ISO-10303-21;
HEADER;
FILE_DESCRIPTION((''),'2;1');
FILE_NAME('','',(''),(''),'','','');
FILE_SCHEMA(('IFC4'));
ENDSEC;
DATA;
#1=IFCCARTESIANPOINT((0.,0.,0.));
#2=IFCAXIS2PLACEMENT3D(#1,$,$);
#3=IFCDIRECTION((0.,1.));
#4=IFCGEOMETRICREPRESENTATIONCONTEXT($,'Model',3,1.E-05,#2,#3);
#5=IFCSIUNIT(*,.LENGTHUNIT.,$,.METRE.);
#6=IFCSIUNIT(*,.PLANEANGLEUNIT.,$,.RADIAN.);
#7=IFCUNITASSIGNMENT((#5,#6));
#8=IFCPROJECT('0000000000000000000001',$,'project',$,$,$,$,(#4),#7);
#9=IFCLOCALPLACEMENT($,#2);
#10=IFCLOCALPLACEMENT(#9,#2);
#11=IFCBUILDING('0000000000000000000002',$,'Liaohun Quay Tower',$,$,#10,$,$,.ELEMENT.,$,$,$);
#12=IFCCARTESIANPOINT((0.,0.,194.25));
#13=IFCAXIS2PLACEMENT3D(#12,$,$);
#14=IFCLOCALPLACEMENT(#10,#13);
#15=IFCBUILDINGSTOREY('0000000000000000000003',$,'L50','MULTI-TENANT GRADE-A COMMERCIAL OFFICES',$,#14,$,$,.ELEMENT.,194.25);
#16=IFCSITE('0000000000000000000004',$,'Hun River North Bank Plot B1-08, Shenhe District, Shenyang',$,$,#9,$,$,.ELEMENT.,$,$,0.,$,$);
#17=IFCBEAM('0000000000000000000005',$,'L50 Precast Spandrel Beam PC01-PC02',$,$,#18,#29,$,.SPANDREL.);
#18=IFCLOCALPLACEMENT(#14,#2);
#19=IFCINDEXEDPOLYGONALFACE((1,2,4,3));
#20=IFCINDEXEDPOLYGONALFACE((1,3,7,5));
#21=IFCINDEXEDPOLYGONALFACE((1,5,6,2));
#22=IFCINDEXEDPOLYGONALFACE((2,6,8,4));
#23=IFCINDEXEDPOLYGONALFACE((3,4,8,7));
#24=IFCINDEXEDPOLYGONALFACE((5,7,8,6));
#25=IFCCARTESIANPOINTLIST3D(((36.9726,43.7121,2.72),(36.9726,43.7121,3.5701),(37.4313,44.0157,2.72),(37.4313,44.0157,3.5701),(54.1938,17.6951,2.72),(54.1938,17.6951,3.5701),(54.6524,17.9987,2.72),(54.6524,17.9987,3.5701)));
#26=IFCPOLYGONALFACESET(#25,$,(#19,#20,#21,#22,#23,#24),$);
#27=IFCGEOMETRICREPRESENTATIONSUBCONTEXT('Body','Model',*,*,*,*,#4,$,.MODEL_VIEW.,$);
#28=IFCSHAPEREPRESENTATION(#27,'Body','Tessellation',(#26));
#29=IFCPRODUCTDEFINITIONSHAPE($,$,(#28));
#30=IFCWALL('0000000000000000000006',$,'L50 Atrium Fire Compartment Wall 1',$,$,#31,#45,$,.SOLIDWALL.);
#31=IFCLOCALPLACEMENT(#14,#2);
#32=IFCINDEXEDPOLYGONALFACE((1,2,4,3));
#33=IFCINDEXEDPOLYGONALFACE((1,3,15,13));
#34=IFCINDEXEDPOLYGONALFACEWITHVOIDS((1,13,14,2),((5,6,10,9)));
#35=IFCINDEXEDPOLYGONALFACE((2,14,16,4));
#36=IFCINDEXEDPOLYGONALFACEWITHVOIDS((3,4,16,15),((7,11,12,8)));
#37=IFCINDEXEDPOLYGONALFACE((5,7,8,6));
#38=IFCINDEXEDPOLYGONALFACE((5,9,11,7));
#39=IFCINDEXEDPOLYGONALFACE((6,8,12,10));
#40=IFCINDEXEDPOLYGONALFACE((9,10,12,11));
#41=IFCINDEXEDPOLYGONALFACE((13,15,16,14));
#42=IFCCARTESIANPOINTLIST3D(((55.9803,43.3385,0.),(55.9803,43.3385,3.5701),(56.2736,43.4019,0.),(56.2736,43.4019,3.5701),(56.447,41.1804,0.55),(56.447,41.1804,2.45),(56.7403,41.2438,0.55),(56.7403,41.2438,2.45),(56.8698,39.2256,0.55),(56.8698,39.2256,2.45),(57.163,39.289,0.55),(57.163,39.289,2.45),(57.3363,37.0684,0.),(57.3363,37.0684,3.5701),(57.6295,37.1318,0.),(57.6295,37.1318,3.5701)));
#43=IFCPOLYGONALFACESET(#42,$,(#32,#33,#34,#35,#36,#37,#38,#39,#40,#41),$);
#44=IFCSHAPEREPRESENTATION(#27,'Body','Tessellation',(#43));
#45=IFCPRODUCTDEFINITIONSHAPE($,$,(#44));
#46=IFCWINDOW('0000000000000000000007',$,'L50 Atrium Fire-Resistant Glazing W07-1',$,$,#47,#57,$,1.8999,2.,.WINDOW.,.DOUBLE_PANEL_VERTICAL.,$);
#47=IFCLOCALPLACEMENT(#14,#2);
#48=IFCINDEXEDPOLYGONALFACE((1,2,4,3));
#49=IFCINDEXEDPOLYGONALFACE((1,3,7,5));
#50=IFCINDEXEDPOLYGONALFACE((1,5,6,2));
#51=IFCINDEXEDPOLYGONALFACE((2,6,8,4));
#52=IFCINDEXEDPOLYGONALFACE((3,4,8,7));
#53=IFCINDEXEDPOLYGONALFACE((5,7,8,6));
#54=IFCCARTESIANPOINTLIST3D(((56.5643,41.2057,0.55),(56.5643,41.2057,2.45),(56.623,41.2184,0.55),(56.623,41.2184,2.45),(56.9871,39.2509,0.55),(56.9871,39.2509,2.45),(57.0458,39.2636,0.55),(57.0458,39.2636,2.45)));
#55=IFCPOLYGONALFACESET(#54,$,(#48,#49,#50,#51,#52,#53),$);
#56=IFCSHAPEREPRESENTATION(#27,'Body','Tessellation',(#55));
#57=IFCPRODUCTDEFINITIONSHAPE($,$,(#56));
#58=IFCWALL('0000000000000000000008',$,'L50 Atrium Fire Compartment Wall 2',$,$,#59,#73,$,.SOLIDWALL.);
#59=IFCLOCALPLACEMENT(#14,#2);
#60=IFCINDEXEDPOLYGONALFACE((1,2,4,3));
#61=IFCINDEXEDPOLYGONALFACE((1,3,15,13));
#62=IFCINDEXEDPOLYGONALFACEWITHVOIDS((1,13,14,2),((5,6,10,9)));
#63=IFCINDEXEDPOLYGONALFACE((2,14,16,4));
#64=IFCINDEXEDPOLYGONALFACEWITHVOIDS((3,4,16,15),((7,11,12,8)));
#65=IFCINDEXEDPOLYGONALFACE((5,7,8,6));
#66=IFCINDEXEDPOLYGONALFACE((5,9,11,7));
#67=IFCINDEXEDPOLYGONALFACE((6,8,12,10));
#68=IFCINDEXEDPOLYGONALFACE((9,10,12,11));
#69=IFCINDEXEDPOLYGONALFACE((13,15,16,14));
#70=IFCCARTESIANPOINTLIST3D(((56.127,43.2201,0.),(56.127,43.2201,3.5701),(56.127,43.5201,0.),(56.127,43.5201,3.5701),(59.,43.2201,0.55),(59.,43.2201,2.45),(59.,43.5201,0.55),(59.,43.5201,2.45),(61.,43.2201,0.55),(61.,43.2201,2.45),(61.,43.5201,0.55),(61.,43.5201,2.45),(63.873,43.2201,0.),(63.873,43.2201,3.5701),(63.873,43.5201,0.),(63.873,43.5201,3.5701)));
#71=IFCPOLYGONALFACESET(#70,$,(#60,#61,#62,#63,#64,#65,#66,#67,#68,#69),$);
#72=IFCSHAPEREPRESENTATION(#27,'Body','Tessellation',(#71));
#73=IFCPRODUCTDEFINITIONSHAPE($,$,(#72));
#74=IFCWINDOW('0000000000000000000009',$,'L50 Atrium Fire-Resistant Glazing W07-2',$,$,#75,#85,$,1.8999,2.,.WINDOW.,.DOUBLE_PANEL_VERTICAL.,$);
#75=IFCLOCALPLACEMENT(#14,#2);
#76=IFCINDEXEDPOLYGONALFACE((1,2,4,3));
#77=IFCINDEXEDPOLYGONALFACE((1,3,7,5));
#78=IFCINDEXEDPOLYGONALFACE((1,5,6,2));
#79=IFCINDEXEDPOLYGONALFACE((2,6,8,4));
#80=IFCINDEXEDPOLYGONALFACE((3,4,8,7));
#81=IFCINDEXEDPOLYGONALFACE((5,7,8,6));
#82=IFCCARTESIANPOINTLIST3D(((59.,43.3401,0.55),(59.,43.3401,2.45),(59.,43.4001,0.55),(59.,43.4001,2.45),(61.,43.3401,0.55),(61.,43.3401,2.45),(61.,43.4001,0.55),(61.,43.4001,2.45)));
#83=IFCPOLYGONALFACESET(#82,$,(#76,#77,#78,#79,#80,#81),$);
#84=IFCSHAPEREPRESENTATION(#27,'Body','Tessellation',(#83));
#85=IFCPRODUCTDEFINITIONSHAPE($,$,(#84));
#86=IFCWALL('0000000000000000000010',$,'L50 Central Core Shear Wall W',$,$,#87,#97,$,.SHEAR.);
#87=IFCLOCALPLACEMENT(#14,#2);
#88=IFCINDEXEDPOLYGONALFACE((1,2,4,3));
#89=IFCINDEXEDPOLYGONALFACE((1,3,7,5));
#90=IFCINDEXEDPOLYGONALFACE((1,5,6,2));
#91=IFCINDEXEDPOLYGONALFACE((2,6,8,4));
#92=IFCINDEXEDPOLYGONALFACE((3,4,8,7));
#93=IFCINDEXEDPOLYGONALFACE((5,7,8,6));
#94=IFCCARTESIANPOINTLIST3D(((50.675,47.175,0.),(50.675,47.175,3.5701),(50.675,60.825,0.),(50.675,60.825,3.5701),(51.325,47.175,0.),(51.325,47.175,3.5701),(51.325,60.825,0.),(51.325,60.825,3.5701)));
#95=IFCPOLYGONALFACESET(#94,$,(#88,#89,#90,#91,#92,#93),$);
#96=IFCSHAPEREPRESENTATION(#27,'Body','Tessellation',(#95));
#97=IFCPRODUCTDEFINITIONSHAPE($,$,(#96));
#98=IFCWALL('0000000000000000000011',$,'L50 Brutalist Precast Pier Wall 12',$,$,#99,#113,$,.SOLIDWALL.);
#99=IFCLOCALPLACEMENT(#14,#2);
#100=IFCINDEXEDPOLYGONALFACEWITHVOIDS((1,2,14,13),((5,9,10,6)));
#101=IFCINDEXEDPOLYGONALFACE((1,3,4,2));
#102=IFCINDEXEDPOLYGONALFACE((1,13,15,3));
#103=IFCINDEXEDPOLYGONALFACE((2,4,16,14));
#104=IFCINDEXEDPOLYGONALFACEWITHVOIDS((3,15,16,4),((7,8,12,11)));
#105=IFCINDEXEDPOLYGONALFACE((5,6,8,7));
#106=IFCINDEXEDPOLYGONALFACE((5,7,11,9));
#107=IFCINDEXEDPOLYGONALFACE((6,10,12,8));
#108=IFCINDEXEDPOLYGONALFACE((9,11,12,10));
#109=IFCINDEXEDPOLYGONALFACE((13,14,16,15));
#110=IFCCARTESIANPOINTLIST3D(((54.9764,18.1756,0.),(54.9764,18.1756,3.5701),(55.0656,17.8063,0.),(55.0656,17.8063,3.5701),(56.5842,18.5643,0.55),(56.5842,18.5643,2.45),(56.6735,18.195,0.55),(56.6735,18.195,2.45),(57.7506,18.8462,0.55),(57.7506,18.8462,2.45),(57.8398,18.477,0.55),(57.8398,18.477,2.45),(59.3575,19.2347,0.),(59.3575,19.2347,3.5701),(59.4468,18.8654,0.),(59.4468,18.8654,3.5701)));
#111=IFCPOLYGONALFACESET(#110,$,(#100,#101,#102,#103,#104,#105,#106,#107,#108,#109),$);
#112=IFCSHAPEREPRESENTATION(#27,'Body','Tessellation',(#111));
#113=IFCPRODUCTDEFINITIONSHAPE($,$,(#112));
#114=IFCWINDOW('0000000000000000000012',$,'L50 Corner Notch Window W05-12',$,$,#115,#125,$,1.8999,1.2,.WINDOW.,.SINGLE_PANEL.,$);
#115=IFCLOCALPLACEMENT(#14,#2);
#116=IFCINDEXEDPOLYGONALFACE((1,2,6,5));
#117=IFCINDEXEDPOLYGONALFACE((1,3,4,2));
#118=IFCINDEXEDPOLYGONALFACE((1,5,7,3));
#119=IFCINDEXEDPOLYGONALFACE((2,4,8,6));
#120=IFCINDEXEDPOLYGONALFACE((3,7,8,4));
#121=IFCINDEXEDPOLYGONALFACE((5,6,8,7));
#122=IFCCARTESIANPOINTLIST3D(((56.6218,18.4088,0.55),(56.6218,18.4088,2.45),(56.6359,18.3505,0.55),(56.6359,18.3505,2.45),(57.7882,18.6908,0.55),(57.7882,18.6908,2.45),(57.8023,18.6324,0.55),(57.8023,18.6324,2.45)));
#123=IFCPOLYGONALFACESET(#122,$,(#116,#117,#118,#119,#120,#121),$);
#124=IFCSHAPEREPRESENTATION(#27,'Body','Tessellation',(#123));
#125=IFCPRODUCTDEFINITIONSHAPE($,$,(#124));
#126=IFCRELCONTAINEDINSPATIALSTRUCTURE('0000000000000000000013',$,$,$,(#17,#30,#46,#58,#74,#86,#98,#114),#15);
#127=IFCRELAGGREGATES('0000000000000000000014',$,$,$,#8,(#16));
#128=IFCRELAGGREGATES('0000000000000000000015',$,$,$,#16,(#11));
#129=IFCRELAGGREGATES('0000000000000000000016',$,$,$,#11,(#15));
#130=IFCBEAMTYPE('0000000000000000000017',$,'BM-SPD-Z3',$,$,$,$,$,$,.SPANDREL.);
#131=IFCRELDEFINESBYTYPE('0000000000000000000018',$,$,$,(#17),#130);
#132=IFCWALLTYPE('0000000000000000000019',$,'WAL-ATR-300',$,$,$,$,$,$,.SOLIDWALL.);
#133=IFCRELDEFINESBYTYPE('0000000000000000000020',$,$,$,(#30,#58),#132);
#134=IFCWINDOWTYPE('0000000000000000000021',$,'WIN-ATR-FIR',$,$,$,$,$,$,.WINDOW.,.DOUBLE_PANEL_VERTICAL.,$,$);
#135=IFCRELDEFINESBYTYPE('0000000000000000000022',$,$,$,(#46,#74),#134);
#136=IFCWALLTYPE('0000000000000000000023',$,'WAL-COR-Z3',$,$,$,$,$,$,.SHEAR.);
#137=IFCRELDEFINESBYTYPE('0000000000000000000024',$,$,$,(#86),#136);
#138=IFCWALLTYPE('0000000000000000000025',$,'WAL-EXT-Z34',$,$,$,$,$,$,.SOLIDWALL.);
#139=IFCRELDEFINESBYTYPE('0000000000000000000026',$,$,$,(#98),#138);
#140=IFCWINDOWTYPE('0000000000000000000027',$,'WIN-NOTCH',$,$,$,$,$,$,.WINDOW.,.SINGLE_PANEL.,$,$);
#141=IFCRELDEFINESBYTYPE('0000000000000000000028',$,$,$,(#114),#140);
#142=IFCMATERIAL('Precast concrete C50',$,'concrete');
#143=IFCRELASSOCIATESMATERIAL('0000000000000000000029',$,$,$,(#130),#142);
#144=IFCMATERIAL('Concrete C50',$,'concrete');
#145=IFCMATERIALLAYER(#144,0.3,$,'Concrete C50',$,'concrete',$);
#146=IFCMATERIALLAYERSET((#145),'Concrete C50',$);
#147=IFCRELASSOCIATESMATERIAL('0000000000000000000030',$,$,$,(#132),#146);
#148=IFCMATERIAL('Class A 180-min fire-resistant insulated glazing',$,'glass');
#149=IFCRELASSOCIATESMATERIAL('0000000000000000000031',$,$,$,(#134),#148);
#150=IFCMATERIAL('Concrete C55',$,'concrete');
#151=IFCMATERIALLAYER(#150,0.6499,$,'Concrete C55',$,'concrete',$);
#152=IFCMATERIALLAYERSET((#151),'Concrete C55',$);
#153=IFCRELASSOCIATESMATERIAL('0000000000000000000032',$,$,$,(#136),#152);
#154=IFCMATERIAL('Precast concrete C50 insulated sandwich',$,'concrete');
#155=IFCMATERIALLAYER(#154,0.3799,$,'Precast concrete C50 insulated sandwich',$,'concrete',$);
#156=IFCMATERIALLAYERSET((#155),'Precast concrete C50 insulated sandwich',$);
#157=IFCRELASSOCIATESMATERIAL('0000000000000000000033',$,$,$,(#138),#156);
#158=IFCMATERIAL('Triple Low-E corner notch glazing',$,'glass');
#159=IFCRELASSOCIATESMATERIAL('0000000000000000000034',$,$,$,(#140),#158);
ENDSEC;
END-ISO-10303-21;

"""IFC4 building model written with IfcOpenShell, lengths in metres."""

from ifc_helpers import new_model, si_unit, direction, frame, frame_2d, origin, origin_2d, place, context, subcontext, project, spatial, rectangle, extrude, source, transform, mapped, material, layer, layer_set, material_profile, profile_set, type_object, element, fill, save


model = new_model("IFC4")

# Units and contexts
model_context = context("Model", 3, precision=1e-05, world=origin(), true_north=direction((0.0, 1.0)))
body_context = subcontext(model_context, "Body", "Model", "MODEL_VIEW")
ifc_project = project(units=[si_unit("LENGTHUNIT", "METRE"), si_unit("PLANEANGLEUNIT", "RADIAN")], contexts=[model_context])

# Site, building, storey
site_placement = place(None, origin())
site = spatial("IfcSite", under=ifc_project, at=site_placement, Name="Hun River North Bank Plot B1-08, Shenhe District, Shenyang", CompositionType="ELEMENT", RefElevation=0.0)
building_placement = place(site_placement, origin())
building = spatial("IfcBuilding", under=site, at=building_placement, Name="Liaohun Quay Tower", CompositionType="ELEMENT")
storey_placement = place(building_placement, frame((0.0, 0.0, 194.25)))
storey = spatial("IfcBuildingStorey", under=building, at=storey_placement, Name="L50", Description="MULTI-TENANT GRADE-A COMMERCIAL OFFICES", CompositionType="ELEMENT", Elevation=194.25)

# Shared definitions
ifc_material_1 = material(Name="Concrete C55", Category="concrete")

# Beam
ifc_material_2 = material(Name="Precast concrete C50", Category="concrete")
ifc_material_profile_1 = material_profile(ifc_material_2, rectangle(XDim=0.55, YDim=0.8501, at=origin_2d()), Name="RC550x850")
ifc_profile_set_1 = profile_set([ifc_material_profile_1], Name="Precast concrete C50")
beam_type_1 = type_object("IfcBeamType", Name="BM-SPD-Z3", PredefinedType="SPANDREL", material=ifc_profile_set_1)
shared_shape_1 = source(origin(), body_context, "Body", "SweptSolid", [
    extrude(rectangle(XDim=0.55, YDim=0.8501, at=origin_2d()), origin(), (0.0, 0.0, 1.0), 31.2002),
])
beam_1_placement = place(storey_placement, frame((54.4231, 17.8469, 3.145), z_axis=(-0.551956, 0.833873, 0.0), x_axis=(-0.833873, -0.551956, 0.0)))
element("IfcBeam", 1, at=beam_1_placement, inside=storey, type_object=beam_type_1, Name="L50 Precast Spandrel Beam PC01-PC02", PredefinedType="SPANDREL", context=body_context, shape_type="MappedRepresentation", body=[
    mapped(shared_shape_1, transform((0.0, 0.0, 0.0), x_axis=(1.0, 0.0, 0.0), y_axis=(0.0, 1.0, 0.0), z_axis=(0.0, 0.0, 1.0), scale=1.0)),
])

# Walls, openings, windows
ifc_material_3 = material(Name="Concrete C50", Category="concrete")
ifc_layer_1 = layer(ifc_material_3, 0.3, Name="Concrete C50", Category="concrete")
ifc_layer_set_1 = layer_set([ifc_layer_1], Name="Concrete C50")
wall_type_1 = type_object("IfcWallType", Name="WAL-ATR-300", PredefinedType="SOLIDWALL", material=ifc_layer_set_1)
wall_1_placement = place(storey_placement, frame((57.4829, 37.1001, 0.0), z_axis=(0.0, 0.0, 1.0), x_axis=(-0.211374, 0.977405, 0.0)))
wall_1 = element("IfcWall", 2, at=wall_1_placement, inside=storey, type_object=wall_type_1, Name="L50 Atrium Fire Compartment Wall 1", PredefinedType="SOLIDWALL", context=body_context, shape_type="SweptSolid", body=[
    extrude(rectangle(XDim=6.415, YDim=0.3, at=frame_2d((3.2075, 0.0))), origin(), (0.0, 0.0, 1.0), 3.5701),
])
shared_shape_2 = source(origin(), body_context, "Body", "SweptSolid", [
    extrude(rectangle(XDim=2.0, YDim=1.8999, at=frame_2d((1.0, 0.95))), frame((0.0, 0.1599, 0.0), z_axis=(0.0, -1.0, 0.0), x_axis=(1.0, 0.0, 0.0)), (0.0, 0.0, 1.0), 0.3201),
])
opening_1_placement = place(wall_1_placement, frame((2.207, 0.0, 0.55)))
opening_1 = element("IfcOpeningElement", 3, at=opening_1_placement, cuts=wall_1, PredefinedType="OPENING", context=body_context, shape_type="MappedRepresentation", body=[
    mapped(shared_shape_2, transform((0.0, 0.0, 0.0), x_axis=(1.0, 0.0, 0.0), y_axis=(0.0, 1.0, 0.0), z_axis=(0.0, 0.0, 1.0), scale=1.0)),
])
ifc_material_4 = material(Name="Class A 180-min fire-resistant insulated glazing", Category="glass")
window_type_1 = type_object("IfcWindowType", Name="WIN-ATR-FIR", PartitioningType="DOUBLE_PANEL_VERTICAL", PredefinedType="WINDOW", material=ifc_material_4)
shared_shape_3 = source(origin(), body_context, "Body", "SweptSolid", [
    extrude(rectangle(XDim=2.0, YDim=1.8999, at=frame_2d((1.0, 0.95))), frame((0.0, 0.03, 0.0), z_axis=(0.0, -1.0, 0.0), x_axis=(1.0, 0.0, 0.0)), (0.0, 0.0, 1.0), 0.0601),
])
window_1_placement = place(opening_1_placement, origin())
window_1 = element("IfcWindow", 4, at=window_1_placement, inside=storey, type_object=window_type_1, Name="L50 Atrium Fire-Resistant Glazing W07-1", OverallHeight=1.8999, OverallWidth=2.0, PartitioningType="DOUBLE_PANEL_VERTICAL", PredefinedType="WINDOW", context=body_context, shape_type="MappedRepresentation", body=[
    mapped(shared_shape_3, transform((0.0, 0.0, 0.0), x_axis=(1.0, 0.0, 0.0), y_axis=(0.0, 1.0, 0.0), z_axis=(0.0, 0.0, 1.0), scale=1.0)),
])
fill(opening_1, window_1)
wall_2_placement = place(storey_placement, frame((56.127, 43.3701, 0.0), z_axis=(0.0, 0.0, 1.0), x_axis=(1.0, 0.0, 0.0)))
wall_2 = element("IfcWall", 5, at=wall_2_placement, inside=storey, type_object=wall_type_1, Name="L50 Atrium Fire Compartment Wall 2", PredefinedType="SOLIDWALL", context=body_context, shape_type="SweptSolid", body=[
    extrude(rectangle(XDim=7.7461, YDim=0.3, at=frame_2d((3.873, 0.0))), origin(), (0.0, 0.0, 1.0), 3.5701),
])
opening_2_placement = place(wall_2_placement, frame((2.873, 0.0, 0.55)))
opening_2 = element("IfcOpeningElement", 6, at=opening_2_placement, cuts=wall_2, PredefinedType="OPENING", context=body_context, shape_type="MappedRepresentation", body=[
    mapped(shared_shape_2, transform((0.0, 0.0, 0.0), x_axis=(1.0, 0.0, 0.0), y_axis=(0.0, 1.0, 0.0), z_axis=(0.0, 0.0, 1.0), scale=1.0)),
])
window_2_placement = place(opening_2_placement, origin())
window_2 = element("IfcWindow", 7, at=window_2_placement, inside=storey, type_object=window_type_1, Name="L50 Atrium Fire-Resistant Glazing W07-2", OverallHeight=1.8999, OverallWidth=2.0, PartitioningType="DOUBLE_PANEL_VERTICAL", PredefinedType="WINDOW", context=body_context, shape_type="MappedRepresentation", body=[
    mapped(shared_shape_3, transform((0.0, 0.0, 0.0), x_axis=(1.0, 0.0, 0.0), y_axis=(0.0, 1.0, 0.0), z_axis=(0.0, 0.0, 1.0), scale=1.0)),
])
fill(opening_2, window_2)

# Wall
ifc_layer_2 = layer(ifc_material_1, 0.6499, Name="Concrete C55", Category="concrete")
ifc_layer_set_2 = layer_set([ifc_layer_2], Name="Concrete C55")
wall_type_2 = type_object("IfcWallType", Name="WAL-COR-Z3", PredefinedType="SHEAR", material=ifc_layer_set_2)
wall_3_placement = place(storey_placement, frame((51.0, 47.175, 0.0), z_axis=(0.0, 0.0, 1.0), x_axis=(0.0, 1.0, 0.0)))
element("IfcWall", 8, at=wall_3_placement, inside=storey, type_object=wall_type_2, Name="L50 Central Core Shear Wall W", PredefinedType="SHEAR", context=body_context, shape_type="SweptSolid", body=[
    extrude(rectangle(XDim=13.6499, YDim=0.6499, at=frame_2d((6.825, 0.0))), origin(), (0.0, 0.0, 1.0), 3.5701),
])

# Wall, opening, window
ifc_material_5 = material(Name="Precast concrete C50 insulated sandwich", Category="concrete")
ifc_layer_3 = layer(ifc_material_5, 0.3799, Name="Precast concrete C50 insulated sandwich", Category="concrete")
ifc_layer_set_3 = layer_set([ifc_layer_3], Name="Precast concrete C50 insulated sandwich")
wall_type_3 = type_object("IfcWallType", Name="WAL-EXT-Z34", PredefinedType="SOLIDWALL", material=ifc_layer_set_3)
wall_4_placement = place(storey_placement, frame((55.021, 17.991, 0.0), z_axis=(0.0, 0.0, 1.0), x_axis=(0.972002, 0.234971, 0.0)))
wall_4 = element("IfcWall", 9, at=wall_4_placement, inside=storey, type_object=wall_type_3, Name="L50 Brutalist Precast Pier Wall 12", PredefinedType="SOLIDWALL", context=body_context, shape_type="SweptSolid", body=[
    extrude(rectangle(XDim=4.5073, YDim=0.3799, at=frame_2d((2.2537, 0.0))), origin(), (0.0, 0.0, 1.0), 3.5701),
])
shared_shape_4 = source(origin(), body_context, "Body", "SweptSolid", [
    extrude(rectangle(XDim=1.2, YDim=1.8999, at=frame_2d((0.6001, 0.95))), frame((0.0, 0.2, 0.0), z_axis=(0.0, -1.0, 0.0), x_axis=(1.0, 0.0, 0.0)), (0.0, 0.0, 1.0), 0.3999),
])
opening_3_placement = place(wall_4_placement, frame((1.6541, 0.0, 0.55)))
opening_3 = element("IfcOpeningElement", 10, at=opening_3_placement, cuts=wall_4, PredefinedType="OPENING", context=body_context, shape_type="MappedRepresentation", body=[
    mapped(shared_shape_4, transform((0.0, 0.0, 0.0), x_axis=(1.0, 0.0, 0.0), y_axis=(0.0, 1.0, 0.0), z_axis=(0.0, 0.0, 1.0), scale=1.0)),
])
ifc_material_6 = material(Name="Triple Low-E corner notch glazing", Category="glass")
window_type_2 = type_object("IfcWindowType", Name="WIN-NOTCH", PartitioningType="SINGLE_PANEL", PredefinedType="WINDOW", material=ifc_material_6)
shared_shape_5 = source(origin(), body_context, "Body", "SweptSolid", [
    extrude(rectangle(XDim=1.2, YDim=1.8999, at=frame_2d((0.6001, 0.95))), frame((0.0, 0.03, 0.0), z_axis=(0.0, -1.0, 0.0), x_axis=(1.0, 0.0, 0.0)), (0.0, 0.0, 1.0), 0.0601),
])
window_3_placement = place(opening_3_placement, origin())
window_3 = element("IfcWindow", 11, at=window_3_placement, inside=storey, type_object=window_type_2, Name="L50 Corner Notch Window W05-12", OverallHeight=1.8999, OverallWidth=1.2, PartitioningType="SINGLE_PANEL", PredefinedType="WINDOW", context=body_context, shape_type="MappedRepresentation", body=[
    mapped(shared_shape_5, transform((0.0, 0.0, 0.0), x_axis=(1.0, 0.0, 0.0), y_axis=(0.0, 1.0, 0.0), z_axis=(0.0, 0.0, 1.0), scale=1.0)),
])
fill(opening_3, window_3)

save(model, "model.ifc")
